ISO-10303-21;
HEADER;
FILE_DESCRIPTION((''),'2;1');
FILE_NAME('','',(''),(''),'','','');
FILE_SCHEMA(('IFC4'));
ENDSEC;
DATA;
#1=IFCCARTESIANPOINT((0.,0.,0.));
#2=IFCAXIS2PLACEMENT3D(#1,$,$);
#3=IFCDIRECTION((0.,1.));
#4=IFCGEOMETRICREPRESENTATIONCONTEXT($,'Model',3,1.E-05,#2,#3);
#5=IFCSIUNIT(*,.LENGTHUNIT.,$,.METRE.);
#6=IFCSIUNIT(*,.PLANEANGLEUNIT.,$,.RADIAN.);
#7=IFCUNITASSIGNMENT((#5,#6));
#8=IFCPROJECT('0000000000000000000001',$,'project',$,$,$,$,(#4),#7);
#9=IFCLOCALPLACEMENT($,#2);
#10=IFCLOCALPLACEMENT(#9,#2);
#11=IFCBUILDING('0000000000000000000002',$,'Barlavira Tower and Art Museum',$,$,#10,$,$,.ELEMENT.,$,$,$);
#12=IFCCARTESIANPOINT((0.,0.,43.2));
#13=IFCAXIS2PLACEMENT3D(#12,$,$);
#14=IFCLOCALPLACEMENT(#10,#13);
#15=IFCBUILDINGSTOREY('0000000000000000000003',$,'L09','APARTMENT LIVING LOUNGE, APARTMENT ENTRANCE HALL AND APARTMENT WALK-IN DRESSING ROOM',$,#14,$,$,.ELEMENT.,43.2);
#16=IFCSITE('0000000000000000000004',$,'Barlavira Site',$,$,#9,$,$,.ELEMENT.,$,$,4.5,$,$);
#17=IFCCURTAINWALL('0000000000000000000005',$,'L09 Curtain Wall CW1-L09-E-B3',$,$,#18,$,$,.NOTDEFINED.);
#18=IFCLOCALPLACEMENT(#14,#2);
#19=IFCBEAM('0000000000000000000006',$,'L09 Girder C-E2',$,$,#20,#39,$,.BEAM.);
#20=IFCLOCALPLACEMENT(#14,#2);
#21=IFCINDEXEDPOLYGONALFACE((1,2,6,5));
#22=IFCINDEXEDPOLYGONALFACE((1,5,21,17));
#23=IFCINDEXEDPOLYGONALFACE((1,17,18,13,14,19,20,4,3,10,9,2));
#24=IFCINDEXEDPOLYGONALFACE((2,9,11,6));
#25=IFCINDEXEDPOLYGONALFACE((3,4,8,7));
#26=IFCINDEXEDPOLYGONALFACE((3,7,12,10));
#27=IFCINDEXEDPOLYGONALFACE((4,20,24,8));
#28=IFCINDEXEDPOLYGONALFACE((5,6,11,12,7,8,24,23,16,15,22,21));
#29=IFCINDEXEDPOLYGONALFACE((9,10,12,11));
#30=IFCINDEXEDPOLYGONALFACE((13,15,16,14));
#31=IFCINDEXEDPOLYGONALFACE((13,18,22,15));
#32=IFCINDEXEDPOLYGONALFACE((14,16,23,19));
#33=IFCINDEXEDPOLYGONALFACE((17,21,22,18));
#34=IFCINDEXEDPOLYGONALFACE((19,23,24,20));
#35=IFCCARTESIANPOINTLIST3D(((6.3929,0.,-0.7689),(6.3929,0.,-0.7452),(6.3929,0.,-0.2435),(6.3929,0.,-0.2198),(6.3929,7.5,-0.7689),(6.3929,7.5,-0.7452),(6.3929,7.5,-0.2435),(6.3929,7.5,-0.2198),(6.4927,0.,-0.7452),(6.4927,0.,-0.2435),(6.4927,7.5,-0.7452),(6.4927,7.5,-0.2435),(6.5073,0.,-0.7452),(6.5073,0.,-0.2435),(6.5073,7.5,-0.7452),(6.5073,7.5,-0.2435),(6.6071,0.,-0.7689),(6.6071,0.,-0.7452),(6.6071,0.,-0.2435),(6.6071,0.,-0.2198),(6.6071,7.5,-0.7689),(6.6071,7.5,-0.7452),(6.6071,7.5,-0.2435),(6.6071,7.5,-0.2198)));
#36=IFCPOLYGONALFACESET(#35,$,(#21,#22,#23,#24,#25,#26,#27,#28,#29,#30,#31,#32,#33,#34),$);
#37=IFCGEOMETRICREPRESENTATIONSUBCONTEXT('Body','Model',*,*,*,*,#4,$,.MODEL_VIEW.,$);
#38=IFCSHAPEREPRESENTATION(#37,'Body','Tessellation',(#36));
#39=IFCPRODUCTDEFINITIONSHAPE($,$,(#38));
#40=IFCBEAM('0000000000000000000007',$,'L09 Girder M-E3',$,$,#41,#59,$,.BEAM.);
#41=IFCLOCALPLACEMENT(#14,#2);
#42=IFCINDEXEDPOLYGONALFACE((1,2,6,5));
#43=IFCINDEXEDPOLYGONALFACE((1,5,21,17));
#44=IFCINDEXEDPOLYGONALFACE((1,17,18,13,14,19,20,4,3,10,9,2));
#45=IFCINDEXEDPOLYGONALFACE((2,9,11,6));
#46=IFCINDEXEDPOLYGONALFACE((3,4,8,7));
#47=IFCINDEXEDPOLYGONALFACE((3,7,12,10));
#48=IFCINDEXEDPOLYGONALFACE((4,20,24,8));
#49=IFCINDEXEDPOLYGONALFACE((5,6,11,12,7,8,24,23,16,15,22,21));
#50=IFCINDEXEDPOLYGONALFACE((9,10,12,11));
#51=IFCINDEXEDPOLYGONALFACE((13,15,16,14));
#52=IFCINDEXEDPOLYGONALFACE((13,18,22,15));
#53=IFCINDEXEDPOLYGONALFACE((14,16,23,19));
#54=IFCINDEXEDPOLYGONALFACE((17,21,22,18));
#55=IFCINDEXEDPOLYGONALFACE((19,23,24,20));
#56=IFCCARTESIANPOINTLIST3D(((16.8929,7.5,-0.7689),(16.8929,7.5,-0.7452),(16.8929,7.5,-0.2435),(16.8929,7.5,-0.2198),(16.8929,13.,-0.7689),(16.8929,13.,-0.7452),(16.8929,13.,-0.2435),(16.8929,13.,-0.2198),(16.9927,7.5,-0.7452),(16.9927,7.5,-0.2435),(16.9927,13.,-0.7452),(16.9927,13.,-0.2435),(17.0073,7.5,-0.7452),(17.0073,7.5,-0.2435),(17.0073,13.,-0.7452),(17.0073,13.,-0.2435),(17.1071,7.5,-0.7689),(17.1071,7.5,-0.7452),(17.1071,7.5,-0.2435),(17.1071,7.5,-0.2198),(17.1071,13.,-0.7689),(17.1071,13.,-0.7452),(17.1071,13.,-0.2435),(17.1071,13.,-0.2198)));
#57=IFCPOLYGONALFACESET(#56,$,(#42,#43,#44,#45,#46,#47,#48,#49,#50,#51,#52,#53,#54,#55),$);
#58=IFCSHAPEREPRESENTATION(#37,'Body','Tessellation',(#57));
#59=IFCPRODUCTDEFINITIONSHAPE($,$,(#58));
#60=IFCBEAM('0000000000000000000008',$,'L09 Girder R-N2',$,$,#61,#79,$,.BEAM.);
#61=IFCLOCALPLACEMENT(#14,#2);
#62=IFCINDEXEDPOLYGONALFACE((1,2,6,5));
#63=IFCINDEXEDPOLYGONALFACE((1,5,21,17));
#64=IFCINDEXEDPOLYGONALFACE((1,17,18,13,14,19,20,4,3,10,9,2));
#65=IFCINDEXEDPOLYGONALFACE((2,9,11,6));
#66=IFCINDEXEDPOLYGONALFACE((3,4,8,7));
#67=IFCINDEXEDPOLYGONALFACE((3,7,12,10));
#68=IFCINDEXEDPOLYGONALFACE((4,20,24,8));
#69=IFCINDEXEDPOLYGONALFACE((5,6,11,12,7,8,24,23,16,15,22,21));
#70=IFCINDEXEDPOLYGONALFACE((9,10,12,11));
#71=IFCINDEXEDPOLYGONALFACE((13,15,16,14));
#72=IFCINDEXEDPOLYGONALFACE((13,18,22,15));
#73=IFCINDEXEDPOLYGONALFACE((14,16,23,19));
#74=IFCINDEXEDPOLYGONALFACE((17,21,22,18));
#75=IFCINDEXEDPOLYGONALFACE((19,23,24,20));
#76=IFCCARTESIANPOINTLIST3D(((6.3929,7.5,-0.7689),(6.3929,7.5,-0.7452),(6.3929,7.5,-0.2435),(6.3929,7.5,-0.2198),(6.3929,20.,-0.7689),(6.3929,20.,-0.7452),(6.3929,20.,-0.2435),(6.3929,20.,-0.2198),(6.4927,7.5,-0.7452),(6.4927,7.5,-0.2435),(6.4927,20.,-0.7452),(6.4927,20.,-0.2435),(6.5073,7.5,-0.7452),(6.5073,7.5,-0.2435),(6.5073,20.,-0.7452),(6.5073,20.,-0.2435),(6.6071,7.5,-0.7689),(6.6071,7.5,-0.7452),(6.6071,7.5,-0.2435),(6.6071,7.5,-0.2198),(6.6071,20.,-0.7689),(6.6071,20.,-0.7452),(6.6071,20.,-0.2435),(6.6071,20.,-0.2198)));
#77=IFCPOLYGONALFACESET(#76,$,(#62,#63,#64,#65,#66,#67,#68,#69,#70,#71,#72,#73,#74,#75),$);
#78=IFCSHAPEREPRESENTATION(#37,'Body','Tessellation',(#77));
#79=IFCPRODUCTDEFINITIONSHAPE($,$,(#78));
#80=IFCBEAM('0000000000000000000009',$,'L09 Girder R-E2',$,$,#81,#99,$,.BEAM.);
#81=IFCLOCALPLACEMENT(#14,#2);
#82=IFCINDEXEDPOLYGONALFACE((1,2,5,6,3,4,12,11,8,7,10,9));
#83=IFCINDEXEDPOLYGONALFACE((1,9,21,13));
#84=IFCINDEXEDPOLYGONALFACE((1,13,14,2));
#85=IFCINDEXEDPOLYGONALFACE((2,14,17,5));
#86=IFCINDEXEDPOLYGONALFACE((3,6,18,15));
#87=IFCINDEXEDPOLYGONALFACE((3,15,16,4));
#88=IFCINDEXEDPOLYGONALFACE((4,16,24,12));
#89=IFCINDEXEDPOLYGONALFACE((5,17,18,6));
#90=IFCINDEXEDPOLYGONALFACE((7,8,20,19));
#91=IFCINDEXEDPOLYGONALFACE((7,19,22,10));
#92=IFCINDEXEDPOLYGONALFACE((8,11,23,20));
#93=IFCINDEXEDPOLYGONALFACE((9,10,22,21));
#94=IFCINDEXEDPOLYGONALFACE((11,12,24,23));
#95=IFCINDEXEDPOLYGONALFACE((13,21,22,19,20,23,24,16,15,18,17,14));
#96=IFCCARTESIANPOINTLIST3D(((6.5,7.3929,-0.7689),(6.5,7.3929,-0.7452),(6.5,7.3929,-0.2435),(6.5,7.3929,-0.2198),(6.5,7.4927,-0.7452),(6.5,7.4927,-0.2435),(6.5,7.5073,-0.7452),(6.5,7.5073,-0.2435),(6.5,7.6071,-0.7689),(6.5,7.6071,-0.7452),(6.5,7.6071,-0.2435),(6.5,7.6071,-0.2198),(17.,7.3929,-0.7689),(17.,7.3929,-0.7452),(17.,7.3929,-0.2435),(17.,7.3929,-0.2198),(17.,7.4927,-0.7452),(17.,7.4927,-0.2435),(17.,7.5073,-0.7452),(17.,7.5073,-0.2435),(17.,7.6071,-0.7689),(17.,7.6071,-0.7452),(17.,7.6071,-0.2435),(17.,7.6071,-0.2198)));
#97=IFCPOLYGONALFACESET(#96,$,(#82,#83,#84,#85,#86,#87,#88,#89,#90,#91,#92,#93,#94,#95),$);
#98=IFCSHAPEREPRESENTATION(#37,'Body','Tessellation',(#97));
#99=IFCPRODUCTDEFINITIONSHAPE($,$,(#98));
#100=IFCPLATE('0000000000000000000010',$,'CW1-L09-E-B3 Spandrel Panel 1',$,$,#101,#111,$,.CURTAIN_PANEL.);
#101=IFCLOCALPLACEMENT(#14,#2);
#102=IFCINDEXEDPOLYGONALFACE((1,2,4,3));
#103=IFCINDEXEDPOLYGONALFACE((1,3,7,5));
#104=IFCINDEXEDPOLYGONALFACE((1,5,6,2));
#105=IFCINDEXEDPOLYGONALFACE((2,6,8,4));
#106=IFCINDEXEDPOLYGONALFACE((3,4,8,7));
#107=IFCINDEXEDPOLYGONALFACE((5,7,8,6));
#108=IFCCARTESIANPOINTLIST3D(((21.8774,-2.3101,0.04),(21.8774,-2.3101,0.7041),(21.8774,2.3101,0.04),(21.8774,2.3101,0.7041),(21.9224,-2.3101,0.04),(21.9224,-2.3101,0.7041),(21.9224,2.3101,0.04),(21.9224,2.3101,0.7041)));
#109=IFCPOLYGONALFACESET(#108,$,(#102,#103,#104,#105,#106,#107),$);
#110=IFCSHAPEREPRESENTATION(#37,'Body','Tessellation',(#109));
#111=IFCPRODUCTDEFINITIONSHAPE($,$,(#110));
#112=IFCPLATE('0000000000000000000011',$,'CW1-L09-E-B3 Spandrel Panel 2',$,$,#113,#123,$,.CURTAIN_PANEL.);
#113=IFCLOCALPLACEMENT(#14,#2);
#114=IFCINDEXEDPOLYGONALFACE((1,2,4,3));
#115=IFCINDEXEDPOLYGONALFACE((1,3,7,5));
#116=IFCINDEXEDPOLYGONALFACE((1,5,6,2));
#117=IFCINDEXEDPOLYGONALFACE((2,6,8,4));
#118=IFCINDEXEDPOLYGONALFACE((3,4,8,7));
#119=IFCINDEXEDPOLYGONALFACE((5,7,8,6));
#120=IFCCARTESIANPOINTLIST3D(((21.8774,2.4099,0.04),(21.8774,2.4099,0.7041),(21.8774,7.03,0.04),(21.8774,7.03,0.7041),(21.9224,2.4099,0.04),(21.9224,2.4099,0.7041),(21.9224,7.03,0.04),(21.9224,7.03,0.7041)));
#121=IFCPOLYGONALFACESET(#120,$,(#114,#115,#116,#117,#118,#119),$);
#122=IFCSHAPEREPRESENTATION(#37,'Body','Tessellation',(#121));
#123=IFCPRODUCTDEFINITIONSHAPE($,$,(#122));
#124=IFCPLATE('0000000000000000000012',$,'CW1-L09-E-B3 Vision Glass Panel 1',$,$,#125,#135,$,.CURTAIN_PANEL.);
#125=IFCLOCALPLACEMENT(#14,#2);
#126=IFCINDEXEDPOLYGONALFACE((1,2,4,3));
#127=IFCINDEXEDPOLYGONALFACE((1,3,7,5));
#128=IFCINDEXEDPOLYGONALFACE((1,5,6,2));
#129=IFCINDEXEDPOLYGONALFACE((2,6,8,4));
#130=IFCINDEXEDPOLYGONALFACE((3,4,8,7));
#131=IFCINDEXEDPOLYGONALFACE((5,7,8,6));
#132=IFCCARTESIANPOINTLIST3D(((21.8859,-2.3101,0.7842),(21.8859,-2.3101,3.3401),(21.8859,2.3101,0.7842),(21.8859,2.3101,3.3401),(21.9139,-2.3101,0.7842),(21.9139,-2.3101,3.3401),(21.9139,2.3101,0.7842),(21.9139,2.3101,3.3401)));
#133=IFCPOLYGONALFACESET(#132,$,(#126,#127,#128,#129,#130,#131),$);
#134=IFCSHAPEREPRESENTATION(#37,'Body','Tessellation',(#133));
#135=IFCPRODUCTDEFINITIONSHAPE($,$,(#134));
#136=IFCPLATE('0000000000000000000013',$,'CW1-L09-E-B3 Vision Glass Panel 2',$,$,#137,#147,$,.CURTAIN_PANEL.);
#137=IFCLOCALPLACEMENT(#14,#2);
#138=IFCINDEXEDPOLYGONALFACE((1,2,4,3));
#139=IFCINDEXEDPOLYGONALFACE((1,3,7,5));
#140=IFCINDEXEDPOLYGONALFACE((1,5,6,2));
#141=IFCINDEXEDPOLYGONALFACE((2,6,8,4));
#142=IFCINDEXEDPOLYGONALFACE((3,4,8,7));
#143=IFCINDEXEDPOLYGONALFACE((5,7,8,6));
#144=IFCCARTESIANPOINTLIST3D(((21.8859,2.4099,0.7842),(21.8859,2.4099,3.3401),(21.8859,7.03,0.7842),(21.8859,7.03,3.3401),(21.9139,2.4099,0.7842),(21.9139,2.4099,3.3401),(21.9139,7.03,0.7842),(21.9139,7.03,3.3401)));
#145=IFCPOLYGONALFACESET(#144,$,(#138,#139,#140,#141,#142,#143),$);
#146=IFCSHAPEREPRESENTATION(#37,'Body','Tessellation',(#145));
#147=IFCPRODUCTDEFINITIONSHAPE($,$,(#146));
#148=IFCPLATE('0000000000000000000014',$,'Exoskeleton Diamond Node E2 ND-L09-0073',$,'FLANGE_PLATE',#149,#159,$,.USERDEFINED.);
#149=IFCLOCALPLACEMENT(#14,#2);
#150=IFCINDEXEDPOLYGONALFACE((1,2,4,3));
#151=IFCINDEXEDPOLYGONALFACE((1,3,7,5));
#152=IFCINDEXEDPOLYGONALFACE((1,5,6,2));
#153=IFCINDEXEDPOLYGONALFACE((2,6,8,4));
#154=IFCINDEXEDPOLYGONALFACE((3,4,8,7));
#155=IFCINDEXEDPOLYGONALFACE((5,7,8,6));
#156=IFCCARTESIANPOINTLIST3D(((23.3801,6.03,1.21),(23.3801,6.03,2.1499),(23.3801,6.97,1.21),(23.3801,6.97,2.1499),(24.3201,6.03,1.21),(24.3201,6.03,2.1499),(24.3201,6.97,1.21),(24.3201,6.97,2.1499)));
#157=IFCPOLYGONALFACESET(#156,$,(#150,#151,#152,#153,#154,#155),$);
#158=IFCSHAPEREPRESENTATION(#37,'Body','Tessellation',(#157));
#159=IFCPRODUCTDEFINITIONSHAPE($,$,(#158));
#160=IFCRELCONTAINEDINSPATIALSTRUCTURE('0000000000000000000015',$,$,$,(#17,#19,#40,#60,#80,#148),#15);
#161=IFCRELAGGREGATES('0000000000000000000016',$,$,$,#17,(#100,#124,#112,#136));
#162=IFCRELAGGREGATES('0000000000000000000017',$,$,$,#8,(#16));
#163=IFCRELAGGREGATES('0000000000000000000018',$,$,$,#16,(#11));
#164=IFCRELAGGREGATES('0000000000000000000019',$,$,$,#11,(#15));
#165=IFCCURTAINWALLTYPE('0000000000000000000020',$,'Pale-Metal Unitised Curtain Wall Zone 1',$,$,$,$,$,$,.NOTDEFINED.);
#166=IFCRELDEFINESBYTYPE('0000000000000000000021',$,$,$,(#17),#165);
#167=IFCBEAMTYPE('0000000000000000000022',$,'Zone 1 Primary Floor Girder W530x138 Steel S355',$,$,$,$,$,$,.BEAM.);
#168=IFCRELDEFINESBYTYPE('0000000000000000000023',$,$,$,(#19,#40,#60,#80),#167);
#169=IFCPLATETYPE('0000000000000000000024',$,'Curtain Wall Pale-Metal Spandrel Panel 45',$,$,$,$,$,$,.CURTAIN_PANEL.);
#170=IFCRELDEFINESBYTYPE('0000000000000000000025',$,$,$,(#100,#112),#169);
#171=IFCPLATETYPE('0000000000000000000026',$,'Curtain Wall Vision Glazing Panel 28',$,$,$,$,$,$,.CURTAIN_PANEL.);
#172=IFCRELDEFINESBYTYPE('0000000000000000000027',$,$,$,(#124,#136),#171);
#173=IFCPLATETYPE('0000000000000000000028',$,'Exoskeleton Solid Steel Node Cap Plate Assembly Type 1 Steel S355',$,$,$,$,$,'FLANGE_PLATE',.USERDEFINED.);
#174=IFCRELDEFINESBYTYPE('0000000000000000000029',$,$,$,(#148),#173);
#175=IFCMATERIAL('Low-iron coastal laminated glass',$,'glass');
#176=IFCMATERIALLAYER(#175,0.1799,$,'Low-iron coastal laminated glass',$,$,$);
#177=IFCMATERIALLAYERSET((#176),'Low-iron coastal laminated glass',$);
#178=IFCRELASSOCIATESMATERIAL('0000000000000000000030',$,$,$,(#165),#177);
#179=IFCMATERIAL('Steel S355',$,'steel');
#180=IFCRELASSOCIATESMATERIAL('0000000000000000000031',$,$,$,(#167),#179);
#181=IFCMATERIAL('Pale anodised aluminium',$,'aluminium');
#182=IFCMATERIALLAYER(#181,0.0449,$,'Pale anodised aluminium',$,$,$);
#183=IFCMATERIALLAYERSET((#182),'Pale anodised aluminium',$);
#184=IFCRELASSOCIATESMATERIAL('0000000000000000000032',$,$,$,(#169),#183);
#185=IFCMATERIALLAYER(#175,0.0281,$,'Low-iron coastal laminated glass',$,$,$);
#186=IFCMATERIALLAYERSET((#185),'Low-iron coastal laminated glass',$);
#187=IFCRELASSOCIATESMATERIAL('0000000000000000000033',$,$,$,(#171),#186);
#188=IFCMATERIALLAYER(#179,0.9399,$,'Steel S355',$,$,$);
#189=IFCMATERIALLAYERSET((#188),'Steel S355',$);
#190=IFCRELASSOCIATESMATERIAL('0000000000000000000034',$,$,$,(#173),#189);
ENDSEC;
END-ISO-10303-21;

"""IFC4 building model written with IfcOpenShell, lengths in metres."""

from ifc_helpers import new_model, si_unit, direction, frame, origin, origin_2d, place, context, subcontext, project, spatial, rectangle, i_section, extrude, material, layer, layer_set, material_profile, profile_set, type_object, element, aggregate, save


model = new_model("IFC4")

# Units and contexts
model_context = context("Model", 3, precision=1e-05, world=origin(), true_north=direction((0.0, 1.0)))
body_context = subcontext(model_context, "Body", "Model", "MODEL_VIEW")
ifc_project = project(units=[si_unit("LENGTHUNIT", "METRE"), si_unit("PLANEANGLEUNIT", "RADIAN")], contexts=[model_context])

# Site, building, storey
site_placement = place(None, origin())
site = spatial("IfcSite", under=ifc_project, at=site_placement, Name="Barlavira Site", CompositionType="ELEMENT", RefElevation=4.5)
building_placement = place(site_placement, origin())
building = spatial("IfcBuilding", under=site, at=building_placement, Name="Barlavira Tower and Art Museum", CompositionType="ELEMENT")
storey_placement = place(building_placement, frame((0.0, 0.0, 43.2)))
storey = spatial("IfcBuildingStorey", under=building, at=storey_placement, Name="L09", Description="APARTMENT LIVING LOUNGE, APARTMENT ENTRANCE HALL AND APARTMENT WALK-IN DRESSING ROOM", CompositionType="ELEMENT", Elevation=43.2)

# Shared definitions
ifc_material_1 = material(Name="Steel S355", Category="steel")

# Curtain wall
ifc_material_2 = material(Name="Low-iron coastal laminated glass", Category="glass")
ifc_layer_1 = layer(ifc_material_2, 0.1799, Name="Low-iron coastal laminated glass")
ifc_layer_set_1 = layer_set([ifc_layer_1], Name="Low-iron coastal laminated glass")
curtain_wall_type = type_object("IfcCurtainWallType", Name="Pale-Metal Unitised Curtain Wall Zone 1", PredefinedType="NOTDEFINED", material=ifc_layer_set_1)
curtain_wall_placement = place(storey_placement, origin())
curtain_wall = element("IfcCurtainWall", 1, at=curtain_wall_placement, inside=storey, type_object=curtain_wall_type, Name="L09 Curtain Wall CW1-L09-E-B3", PredefinedType="NOTDEFINED")
ifc_material_3 = material(Name="Pale anodised aluminium", Category="aluminium")

# Beams
ifc_material_profile_1 = material_profile(ifc_material_1, i_section(OverallWidth=0.2141, OverallDepth=0.5491, WebThickness=0.0146, FlangeThickness=0.0237, at=origin_2d()), Name="W530x138.0")
ifc_profile_set_1 = profile_set([ifc_material_profile_1], Name="Steel S355")
beam_type_1 = type_object("IfcBeamType", Name="Zone 1 Primary Floor Girder W530x138 Steel S355", PredefinedType="BEAM", material=ifc_profile_set_1)
beam_1_placement = place(storey_placement, frame((6.5, 0.0, -0.4944), z_axis=(0.0, 1.0, 0.0), x_axis=(-1.0, 0.0, 0.0)))
element("IfcBeam", 2, at=beam_1_placement, inside=storey, type_object=beam_type_1, Name="L09 Girder C-E2", PredefinedType="BEAM", context=body_context, shape_type="SweptSolid", body=[
    extrude(i_section(OverallWidth=0.2141, OverallDepth=0.5491, WebThickness=0.0146, FlangeThickness=0.0237, at=origin_2d()), origin(), (0.0, 0.0, 1.0), 7.5),
])
beam_2_placement = place(storey_placement, frame((17.0, 7.5, -0.4944), z_axis=(0.0, 1.0, 0.0), x_axis=(-1.0, 0.0, 0.0)))
element("IfcBeam", 3, at=beam_2_placement, inside=storey, type_object=beam_type_1, Name="L09 Girder M-E3", PredefinedType="BEAM", context=body_context, shape_type="SweptSolid", body=[
    extrude(i_section(OverallWidth=0.2141, OverallDepth=0.5491, WebThickness=0.0146, FlangeThickness=0.0237, at=origin_2d()), origin(), (0.0, 0.0, 1.0), 5.5),
])
beam_3_placement = place(storey_placement, frame((6.5, 7.5, -0.4944), z_axis=(0.0, 1.0, 0.0), x_axis=(-1.0, 0.0, 0.0)))
element("IfcBeam", 4, at=beam_3_placement, inside=storey, type_object=beam_type_1, Name="L09 Girder R-N2", PredefinedType="BEAM", context=body_context, shape_type="SweptSolid", body=[
    extrude(i_section(OverallWidth=0.2141, OverallDepth=0.5491, WebThickness=0.0146, FlangeThickness=0.0237, at=origin_2d()), origin(), (0.0, 0.0, 1.0), 12.5),
])
beam_4_placement = place(storey_placement, frame((6.5, 7.5, -0.4944), z_axis=(1.0, 0.0, 0.0), x_axis=(0.0, 1.0, 0.0)))
element("IfcBeam", 5, at=beam_4_placement, inside=storey, type_object=beam_type_1, Name="L09 Girder R-E2", PredefinedType="BEAM", context=body_context, shape_type="SweptSolid", body=[
    extrude(i_section(OverallWidth=0.2141, OverallDepth=0.5491, WebThickness=0.0146, FlangeThickness=0.0237, at=origin_2d()), origin(), (0.0, 0.0, 1.0), 10.5),
])

# Plates
ifc_layer_2 = layer(ifc_material_3, 0.0449, Name="Pale anodised aluminium")
ifc_layer_set_2 = layer_set([ifc_layer_2], Name="Pale anodised aluminium")
plate_type_1 = type_object("IfcPlateType", Name="Curtain Wall Pale-Metal Spandrel Panel 45", PredefinedType="CURTAIN_PANEL", material=ifc_layer_set_2)
plate_1_placement = place(storey_placement, frame((21.8999, 0.0, 0.04), z_axis=(0.0, 0.0, 1.0), x_axis=(0.0, 1.0, 0.0)))
plate_1 = element("IfcPlate", 6, at=plate_1_placement, type_object=plate_type_1, Name="CW1-L09-E-B3 Spandrel Panel 1", PredefinedType="CURTAIN_PANEL", context=body_context, shape_type="SweptSolid", body=[
    extrude(rectangle(XDim=4.6201, YDim=0.0449, at=origin_2d()), origin(), (0.0, 0.0, 1.0), 0.6641),
])
plate_2_placement = place(storey_placement, frame((21.8999, 4.72, 0.04), z_axis=(0.0, 0.0, 1.0), x_axis=(0.0, 1.0, 0.0)))
plate_2 = element("IfcPlate", 7, at=plate_2_placement, type_object=plate_type_1, Name="CW1-L09-E-B3 Spandrel Panel 2", PredefinedType="CURTAIN_PANEL", context=body_context, shape_type="SweptSolid", body=[
    extrude(rectangle(XDim=4.6201, YDim=0.0449, at=origin_2d()), origin(), (0.0, 0.0, 1.0), 0.6641),
])
ifc_layer_3 = layer(ifc_material_2, 0.0281, Name="Low-iron coastal laminated glass")
ifc_layer_set_3 = layer_set([ifc_layer_3], Name="Low-iron coastal laminated glass")
plate_type_2 = type_object("IfcPlateType", Name="Curtain Wall Vision Glazing Panel 28", PredefinedType="CURTAIN_PANEL", material=ifc_layer_set_3)
plate_3_placement = place(storey_placement, frame((21.8999, 0.0, 0.7842), z_axis=(0.0, 0.0, 1.0), x_axis=(0.0, 1.0, 0.0)))
plate_3 = element("IfcPlate", 8, at=plate_3_placement, type_object=plate_type_2, Name="CW1-L09-E-B3 Vision Glass Panel 1", PredefinedType="CURTAIN_PANEL", context=body_context, shape_type="SweptSolid", body=[
    extrude(rectangle(XDim=4.6201, YDim=0.0281, at=origin_2d()), origin(), (0.0, 0.0, 1.0), 2.5559),
])
plate_4_placement = place(storey_placement, frame((21.8999, 4.72, 0.7842), z_axis=(0.0, 0.0, 1.0), x_axis=(0.0, 1.0, 0.0)))
plate_4 = element("IfcPlate", 9, at=plate_4_placement, type_object=plate_type_2, Name="CW1-L09-E-B3 Vision Glass Panel 2", PredefinedType="CURTAIN_PANEL", context=body_context, shape_type="SweptSolid", body=[
    extrude(rectangle(XDim=4.6201, YDim=0.0281, at=origin_2d()), origin(), (0.0, 0.0, 1.0), 2.5559),
])
aggregate(curtain_wall, [plate_1, plate_3, plate_2, plate_4])
ifc_layer_4 = layer(ifc_material_1, 0.9399, Name="Steel S355")
ifc_layer_set_4 = layer_set([ifc_layer_4], Name="Steel S355")
plate_type_3 = type_object("IfcPlateType", Name="Exoskeleton Solid Steel Node Cap Plate Assembly Type 1 Steel S355", ElementType="FLANGE_PLATE", PredefinedType="USERDEFINED", material=ifc_layer_set_4)
plate_5_placement = place(storey_placement, frame((23.8501, 6.5, 1.21), z_axis=(0.0, 0.0, 1.0), x_axis=(1.0, 0.0, 0.0)))
element("IfcPlate", 10, at=plate_5_placement, inside=storey, type_object=plate_type_3, Name="Exoskeleton Diamond Node E2 ND-L09-0073", ObjectType="FLANGE_PLATE", PredefinedType="USERDEFINED", context=body_context, shape_type="SweptSolid", body=[
    extrude(rectangle(XDim=0.9399, YDim=0.9399, at=origin_2d()), origin(), (0.0, 0.0, 1.0), 0.9399),
])

save(model, "model.ifc")
